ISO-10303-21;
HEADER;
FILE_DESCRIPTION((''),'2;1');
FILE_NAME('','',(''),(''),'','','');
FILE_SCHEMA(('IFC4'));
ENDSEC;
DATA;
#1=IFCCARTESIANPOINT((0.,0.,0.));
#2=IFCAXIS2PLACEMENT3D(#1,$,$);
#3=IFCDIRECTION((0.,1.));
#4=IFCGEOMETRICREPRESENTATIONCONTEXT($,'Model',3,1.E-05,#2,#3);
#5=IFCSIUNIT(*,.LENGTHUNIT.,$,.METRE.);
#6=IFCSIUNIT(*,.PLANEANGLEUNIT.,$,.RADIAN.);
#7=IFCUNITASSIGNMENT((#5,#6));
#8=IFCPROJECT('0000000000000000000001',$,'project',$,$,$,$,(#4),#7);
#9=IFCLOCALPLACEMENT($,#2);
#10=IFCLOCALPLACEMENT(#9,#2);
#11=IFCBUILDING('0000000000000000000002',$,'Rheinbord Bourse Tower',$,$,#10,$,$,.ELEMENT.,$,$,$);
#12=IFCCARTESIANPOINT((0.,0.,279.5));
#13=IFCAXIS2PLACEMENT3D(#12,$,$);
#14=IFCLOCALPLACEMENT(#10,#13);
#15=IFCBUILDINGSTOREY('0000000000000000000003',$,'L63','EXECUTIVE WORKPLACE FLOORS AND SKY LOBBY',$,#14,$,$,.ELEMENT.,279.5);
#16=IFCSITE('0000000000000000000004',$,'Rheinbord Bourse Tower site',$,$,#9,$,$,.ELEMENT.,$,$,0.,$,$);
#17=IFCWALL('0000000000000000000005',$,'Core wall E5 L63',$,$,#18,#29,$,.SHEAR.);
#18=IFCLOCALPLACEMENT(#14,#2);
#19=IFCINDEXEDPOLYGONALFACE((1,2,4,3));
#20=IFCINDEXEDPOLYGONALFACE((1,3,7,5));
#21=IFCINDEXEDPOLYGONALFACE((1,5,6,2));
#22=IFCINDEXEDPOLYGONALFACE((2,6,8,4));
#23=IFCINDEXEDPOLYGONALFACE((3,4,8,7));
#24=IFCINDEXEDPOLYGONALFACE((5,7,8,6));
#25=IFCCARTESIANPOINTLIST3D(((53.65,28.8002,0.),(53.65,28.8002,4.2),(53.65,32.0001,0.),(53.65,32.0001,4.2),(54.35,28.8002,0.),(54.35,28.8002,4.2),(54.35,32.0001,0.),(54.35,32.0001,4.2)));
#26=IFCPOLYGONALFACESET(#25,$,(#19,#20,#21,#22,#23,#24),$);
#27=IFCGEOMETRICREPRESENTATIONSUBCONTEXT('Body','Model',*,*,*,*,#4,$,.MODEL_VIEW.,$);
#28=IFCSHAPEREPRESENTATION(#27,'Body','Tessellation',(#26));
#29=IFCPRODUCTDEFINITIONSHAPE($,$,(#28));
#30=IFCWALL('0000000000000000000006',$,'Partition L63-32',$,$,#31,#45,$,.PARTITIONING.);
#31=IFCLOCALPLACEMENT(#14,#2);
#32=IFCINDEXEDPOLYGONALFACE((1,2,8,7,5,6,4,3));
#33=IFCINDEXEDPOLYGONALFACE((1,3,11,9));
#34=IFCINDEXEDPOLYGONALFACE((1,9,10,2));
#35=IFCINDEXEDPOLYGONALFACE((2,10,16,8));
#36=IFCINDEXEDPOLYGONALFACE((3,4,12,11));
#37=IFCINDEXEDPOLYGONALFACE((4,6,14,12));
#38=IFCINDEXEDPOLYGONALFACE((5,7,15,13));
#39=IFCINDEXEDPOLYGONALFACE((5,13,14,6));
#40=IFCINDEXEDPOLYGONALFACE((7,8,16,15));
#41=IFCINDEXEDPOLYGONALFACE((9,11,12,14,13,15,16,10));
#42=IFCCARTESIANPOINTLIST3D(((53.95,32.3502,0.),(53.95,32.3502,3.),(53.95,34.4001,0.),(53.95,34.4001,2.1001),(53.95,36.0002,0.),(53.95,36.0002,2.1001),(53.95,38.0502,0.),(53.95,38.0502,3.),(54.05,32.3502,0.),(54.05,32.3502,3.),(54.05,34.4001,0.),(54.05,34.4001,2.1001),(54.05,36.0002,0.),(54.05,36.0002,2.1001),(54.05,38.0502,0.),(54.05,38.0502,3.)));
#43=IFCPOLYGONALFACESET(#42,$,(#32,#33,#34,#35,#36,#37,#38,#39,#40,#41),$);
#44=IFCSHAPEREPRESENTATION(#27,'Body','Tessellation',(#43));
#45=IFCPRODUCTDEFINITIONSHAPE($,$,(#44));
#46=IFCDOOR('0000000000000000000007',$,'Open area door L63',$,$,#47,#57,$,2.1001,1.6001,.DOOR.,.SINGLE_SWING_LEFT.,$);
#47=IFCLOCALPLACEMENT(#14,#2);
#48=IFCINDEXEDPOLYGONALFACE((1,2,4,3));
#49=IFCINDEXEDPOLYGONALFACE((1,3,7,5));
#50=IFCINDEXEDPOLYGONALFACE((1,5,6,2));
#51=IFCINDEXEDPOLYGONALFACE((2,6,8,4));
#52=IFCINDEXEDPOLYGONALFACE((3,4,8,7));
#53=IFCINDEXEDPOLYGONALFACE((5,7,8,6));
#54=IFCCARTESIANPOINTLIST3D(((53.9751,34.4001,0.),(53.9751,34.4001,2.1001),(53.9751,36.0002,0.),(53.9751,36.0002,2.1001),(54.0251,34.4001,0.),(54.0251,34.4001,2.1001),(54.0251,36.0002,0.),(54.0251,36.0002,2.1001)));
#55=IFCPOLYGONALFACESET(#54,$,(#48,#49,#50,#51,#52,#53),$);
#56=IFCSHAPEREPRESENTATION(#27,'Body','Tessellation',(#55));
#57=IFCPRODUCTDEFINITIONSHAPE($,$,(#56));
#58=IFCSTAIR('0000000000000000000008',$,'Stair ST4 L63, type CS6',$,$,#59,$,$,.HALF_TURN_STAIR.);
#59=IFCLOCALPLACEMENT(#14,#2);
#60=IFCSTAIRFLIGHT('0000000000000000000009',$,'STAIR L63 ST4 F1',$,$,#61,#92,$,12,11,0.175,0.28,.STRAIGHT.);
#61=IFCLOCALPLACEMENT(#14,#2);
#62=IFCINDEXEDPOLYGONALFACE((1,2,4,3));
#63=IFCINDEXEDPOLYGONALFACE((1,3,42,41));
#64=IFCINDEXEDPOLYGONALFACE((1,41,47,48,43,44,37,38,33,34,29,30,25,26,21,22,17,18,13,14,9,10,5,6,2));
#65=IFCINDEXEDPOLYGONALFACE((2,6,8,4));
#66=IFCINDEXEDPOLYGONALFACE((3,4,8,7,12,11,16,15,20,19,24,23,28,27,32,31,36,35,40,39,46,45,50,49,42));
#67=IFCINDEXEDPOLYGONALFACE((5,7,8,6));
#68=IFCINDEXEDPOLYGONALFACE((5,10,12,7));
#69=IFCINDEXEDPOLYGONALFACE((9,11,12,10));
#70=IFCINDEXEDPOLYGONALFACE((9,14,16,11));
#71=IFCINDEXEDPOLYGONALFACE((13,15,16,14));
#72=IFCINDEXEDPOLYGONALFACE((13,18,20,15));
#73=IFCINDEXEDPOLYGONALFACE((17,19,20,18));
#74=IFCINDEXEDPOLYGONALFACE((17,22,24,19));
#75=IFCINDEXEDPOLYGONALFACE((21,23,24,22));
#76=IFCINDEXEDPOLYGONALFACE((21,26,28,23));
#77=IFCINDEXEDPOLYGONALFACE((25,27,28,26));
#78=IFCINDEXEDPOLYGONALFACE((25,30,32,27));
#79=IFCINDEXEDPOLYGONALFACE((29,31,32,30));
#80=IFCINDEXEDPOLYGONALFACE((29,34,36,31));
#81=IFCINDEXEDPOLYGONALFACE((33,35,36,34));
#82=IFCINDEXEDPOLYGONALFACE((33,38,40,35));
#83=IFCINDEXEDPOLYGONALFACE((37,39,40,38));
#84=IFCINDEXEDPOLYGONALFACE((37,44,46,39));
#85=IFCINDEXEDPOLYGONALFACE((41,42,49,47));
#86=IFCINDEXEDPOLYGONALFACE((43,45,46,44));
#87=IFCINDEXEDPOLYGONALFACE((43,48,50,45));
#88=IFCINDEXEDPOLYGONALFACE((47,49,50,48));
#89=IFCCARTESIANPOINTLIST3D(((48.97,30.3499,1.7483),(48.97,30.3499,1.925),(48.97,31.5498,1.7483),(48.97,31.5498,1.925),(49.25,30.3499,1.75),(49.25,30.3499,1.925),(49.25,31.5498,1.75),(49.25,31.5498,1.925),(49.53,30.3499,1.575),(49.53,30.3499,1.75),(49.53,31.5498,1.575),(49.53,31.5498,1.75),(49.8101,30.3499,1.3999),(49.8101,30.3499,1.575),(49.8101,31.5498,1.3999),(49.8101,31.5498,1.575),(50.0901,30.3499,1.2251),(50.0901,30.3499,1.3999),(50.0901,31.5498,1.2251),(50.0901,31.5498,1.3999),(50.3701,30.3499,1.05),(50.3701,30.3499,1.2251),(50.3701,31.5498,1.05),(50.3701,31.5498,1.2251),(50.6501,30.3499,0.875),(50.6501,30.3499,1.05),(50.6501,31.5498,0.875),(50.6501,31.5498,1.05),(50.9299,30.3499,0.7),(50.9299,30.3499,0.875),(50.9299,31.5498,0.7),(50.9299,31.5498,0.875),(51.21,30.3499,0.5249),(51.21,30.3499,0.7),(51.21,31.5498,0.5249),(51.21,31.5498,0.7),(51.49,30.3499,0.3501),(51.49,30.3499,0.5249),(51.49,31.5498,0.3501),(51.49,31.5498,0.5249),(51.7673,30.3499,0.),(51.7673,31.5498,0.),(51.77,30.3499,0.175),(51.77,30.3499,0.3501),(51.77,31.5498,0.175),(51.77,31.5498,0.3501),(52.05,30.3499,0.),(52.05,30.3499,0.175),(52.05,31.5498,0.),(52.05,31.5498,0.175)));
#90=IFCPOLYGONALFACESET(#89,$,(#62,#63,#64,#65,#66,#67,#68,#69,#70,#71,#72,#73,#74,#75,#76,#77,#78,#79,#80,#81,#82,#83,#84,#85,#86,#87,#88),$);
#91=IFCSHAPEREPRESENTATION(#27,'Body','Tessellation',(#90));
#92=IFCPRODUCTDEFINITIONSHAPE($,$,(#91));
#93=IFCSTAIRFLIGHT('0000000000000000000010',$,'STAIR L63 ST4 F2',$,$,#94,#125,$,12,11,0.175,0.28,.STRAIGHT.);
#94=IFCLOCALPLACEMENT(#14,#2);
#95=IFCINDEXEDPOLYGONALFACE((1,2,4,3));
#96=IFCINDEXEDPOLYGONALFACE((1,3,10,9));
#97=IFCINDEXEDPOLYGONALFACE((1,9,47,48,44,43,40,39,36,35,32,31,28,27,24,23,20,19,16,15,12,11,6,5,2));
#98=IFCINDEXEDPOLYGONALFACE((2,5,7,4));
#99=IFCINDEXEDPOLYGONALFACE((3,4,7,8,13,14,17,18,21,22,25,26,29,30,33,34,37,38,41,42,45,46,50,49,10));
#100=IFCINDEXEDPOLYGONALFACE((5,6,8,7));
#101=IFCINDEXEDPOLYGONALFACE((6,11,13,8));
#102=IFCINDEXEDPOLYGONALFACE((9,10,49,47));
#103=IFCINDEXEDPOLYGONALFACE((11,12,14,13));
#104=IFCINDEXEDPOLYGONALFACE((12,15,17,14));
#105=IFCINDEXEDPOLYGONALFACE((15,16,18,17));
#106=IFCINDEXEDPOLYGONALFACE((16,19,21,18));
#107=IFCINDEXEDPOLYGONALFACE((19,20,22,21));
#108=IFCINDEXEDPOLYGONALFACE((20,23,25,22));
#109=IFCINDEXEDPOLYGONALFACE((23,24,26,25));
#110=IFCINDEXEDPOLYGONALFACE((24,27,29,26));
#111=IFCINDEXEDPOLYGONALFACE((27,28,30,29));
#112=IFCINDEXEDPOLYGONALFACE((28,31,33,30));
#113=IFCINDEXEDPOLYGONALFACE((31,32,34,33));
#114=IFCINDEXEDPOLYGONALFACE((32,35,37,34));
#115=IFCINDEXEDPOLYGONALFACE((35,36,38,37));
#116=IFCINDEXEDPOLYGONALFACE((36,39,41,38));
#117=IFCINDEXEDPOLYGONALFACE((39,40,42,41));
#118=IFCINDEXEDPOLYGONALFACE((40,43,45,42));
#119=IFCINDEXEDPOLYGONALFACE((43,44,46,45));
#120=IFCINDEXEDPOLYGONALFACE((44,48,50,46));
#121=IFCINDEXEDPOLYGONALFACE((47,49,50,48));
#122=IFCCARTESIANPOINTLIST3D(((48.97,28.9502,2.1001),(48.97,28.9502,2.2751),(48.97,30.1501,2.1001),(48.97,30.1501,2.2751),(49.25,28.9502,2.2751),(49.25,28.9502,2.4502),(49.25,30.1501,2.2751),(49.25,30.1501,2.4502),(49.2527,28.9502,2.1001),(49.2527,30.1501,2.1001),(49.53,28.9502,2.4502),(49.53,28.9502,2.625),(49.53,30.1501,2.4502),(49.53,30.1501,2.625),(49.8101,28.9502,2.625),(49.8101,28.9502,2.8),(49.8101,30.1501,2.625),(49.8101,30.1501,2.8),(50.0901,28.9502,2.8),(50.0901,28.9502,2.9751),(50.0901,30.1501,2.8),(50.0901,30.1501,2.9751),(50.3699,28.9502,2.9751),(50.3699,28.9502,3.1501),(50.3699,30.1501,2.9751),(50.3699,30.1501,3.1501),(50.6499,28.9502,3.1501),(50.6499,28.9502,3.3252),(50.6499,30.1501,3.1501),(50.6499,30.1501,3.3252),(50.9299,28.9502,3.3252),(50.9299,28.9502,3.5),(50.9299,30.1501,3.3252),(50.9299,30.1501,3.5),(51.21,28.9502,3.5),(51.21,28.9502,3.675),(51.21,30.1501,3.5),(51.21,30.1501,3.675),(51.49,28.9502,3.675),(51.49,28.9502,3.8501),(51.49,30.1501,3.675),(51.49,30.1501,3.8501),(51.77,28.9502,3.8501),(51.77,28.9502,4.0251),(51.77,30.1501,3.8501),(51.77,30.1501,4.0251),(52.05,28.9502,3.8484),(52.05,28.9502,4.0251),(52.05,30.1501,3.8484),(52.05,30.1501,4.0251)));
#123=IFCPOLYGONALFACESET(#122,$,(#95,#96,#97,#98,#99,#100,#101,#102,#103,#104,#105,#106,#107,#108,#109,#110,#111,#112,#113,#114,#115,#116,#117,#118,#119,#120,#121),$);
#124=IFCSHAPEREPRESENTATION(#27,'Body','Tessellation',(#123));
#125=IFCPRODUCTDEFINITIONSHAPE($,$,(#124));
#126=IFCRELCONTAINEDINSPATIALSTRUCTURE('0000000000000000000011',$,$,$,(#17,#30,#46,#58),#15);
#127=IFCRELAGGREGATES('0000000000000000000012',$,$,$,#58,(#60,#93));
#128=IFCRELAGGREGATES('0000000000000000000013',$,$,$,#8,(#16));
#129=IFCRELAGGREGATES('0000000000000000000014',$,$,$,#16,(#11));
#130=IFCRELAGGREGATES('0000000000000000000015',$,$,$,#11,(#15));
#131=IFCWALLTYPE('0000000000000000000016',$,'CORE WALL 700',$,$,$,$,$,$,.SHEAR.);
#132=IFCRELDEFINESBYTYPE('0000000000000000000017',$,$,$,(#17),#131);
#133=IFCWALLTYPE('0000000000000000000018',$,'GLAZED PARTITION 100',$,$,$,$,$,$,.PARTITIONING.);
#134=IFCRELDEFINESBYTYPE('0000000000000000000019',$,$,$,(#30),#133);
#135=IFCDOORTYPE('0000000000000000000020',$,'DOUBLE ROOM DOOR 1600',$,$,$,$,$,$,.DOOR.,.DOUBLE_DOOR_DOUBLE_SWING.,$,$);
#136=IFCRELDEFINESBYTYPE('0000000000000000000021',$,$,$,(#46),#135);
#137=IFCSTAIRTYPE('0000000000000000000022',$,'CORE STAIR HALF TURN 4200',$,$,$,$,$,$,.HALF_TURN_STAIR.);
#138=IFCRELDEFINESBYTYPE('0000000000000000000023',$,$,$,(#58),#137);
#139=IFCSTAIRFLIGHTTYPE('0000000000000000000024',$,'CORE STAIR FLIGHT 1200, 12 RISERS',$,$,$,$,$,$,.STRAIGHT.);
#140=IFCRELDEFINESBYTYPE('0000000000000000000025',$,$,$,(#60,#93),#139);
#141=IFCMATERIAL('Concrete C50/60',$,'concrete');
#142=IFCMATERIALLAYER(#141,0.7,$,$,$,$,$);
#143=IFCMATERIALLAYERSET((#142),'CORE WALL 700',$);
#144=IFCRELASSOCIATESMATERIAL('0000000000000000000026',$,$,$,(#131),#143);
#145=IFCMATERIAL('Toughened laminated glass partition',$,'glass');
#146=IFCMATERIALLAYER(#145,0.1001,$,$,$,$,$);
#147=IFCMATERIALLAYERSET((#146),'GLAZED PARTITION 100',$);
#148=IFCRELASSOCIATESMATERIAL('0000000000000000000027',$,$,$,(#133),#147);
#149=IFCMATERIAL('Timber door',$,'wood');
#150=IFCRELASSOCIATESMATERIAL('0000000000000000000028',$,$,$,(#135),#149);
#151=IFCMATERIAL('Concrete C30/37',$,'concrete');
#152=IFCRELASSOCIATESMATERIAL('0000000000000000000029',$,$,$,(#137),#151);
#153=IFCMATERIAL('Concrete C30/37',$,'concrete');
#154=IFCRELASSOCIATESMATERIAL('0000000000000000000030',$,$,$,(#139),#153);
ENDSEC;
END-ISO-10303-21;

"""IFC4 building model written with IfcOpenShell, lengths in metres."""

from ifc_helpers import new_model, si_unit, direction, frame, frame_2d, origin, place, context, subcontext, project, spatial, polyline, rectangle, outline, extrude, material, layer, layer_set, type_object, element, fill, aggregate, save


model = new_model("IFC4")

# Units and contexts
model_context = context("Model", 3, precision=1e-05, world=origin(), true_north=direction((0.0, 1.0)))
body_context = subcontext(model_context, "Body", "Model", "MODEL_VIEW")
ifc_project = project(units=[si_unit("LENGTHUNIT", "METRE"), si_unit("PLANEANGLEUNIT", "RADIAN")], contexts=[model_context])

# Site, building, storey
site_placement = place(None, origin())
site = spatial("IfcSite", under=ifc_project, at=site_placement, Name="Rheinbord Bourse Tower site", CompositionType="ELEMENT", RefElevation=0.0)
building_placement = place(site_placement, origin())
building = spatial("IfcBuilding", under=site, at=building_placement, Name="Rheinbord Bourse Tower", CompositionType="ELEMENT")
storey_placement = place(building_placement, frame((0.0, 0.0, 279.5)))
storey = spatial("IfcBuildingStorey", under=building, at=storey_placement, Name="L63", Description="EXECUTIVE WORKPLACE FLOORS AND SKY LOBBY", CompositionType="ELEMENT", Elevation=279.5)

# Shared definitions
ifc_material_1 = material(Name="Concrete C50/60", Category="concrete")
ifc_layer_1 = layer(ifc_material_1, 0.7)
ifc_layer_set_1 = layer_set([ifc_layer_1], Name="CORE WALL 700")
wall_type_1 = type_object("IfcWallType", Name="CORE WALL 700", PredefinedType="SHEAR", material=ifc_layer_set_1)

# Wall
wall_1_placement = place(storey_placement, frame((54.0, 28.8, 0.0), z_axis=(0.0, 0.0, 1.0), x_axis=(0.0, 1.0, 0.0)))
element("IfcWall", 1, at=wall_1_placement, inside=storey, type_object=wall_type_1, Name="Core wall E5 L63", PredefinedType="SHEAR", context=body_context, shape_type="SweptSolid", body=[
    extrude(rectangle(XDim=3.2, YDim=0.7, at=frame_2d((1.6001, 0.0))), origin(), (0.0, 0.0, 1.0), 4.2),
])

# Wall, opening, door
ifc_material_2 = material(Name="Toughened laminated glass partition", Category="glass")
ifc_layer_2 = layer(ifc_material_2, 0.1001)
ifc_layer_set_2 = layer_set([ifc_layer_2], Name="GLAZED PARTITION 100")
wall_type_2 = type_object("IfcWallType", Name="GLAZED PARTITION 100", PredefinedType="PARTITIONING", material=ifc_layer_set_2)
wall_2_placement = place(storey_placement, frame((54.0, 32.3501, 0.0), z_axis=(0.0, 0.0, 1.0), x_axis=(0.0, 1.0, 0.0)))
wall_2 = element("IfcWall", 2, at=wall_2_placement, inside=storey, type_object=wall_type_2, Name="Partition L63-32", PredefinedType="PARTITIONING", context=body_context, shape_type="SweptSolid", body=[
    extrude(rectangle(XDim=5.7, YDim=0.1001, at=frame_2d((2.8501, 0.0))), origin(), (0.0, 0.0, 1.0), 3.0),
])
opening_1_placement = place(wall_2_placement, frame((2.05, 0.0, 0.0)))
opening_1 = element("IfcOpeningElement", 3, at=opening_1_placement, cuts=wall_2, PredefinedType="OPENING", context=body_context, shape_type="SweptSolid", body=[
    extrude(rectangle(XDim=1.6001, YDim=2.1001, at=frame_2d((0.8, 1.05))), frame((0.0, 0.0601, 0.0), z_axis=(0.0, -1.0, 0.0), x_axis=(1.0, 0.0, 0.0)), (0.0, 0.0, 1.0), 0.1201),
])
ifc_material_3 = material(Name="Timber door", Category="wood")
door_type_1 = type_object("IfcDoorType", Name="DOUBLE ROOM DOOR 1600", OperationType="DOUBLE_DOOR_DOUBLE_SWING", PredefinedType="DOOR", material=ifc_material_3)
door_1_placement = place(opening_1_placement, origin())
door_1 = element("IfcDoor", 4, at=door_1_placement, inside=storey, type_object=door_type_1, Name="Open area door L63", OperationType="SINGLE_SWING_LEFT", OverallHeight=2.1001, OverallWidth=1.6001, PredefinedType="DOOR", context=body_context, shape_type="SweptSolid", body=[
    extrude(rectangle(XDim=1.6001, YDim=2.1001, at=frame_2d((0.8, 1.05))), frame((0.0, 0.0249, 0.0), z_axis=(0.0, -1.0, 0.0), x_axis=(1.0, 0.0, 0.0)), (0.0, 0.0, 1.0), 0.05),
])
fill(opening_1, door_1)

# Stair, stair flights
ifc_material_4 = material(Name="Concrete C30/37", Category="concrete")
stair_type = type_object("IfcStairType", Name="CORE STAIR HALF TURN 4200", PredefinedType="HALF_TURN_STAIR", material=ifc_material_4)
stair_placement = place(storey_placement, origin())
stair = element("IfcStair", 5, at=stair_placement, inside=storey, type_object=stair_type, Name="Stair ST4 L63, type CS6", PredefinedType="HALF_TURN_STAIR")
ifc_material_5 = material(Name="Concrete C30/37", Category="concrete")
stair_flight_type = type_object("IfcStairFlightType", Name="CORE STAIR FLIGHT 1200, 12 RISERS", PredefinedType="STRAIGHT", material=ifc_material_5)
stair_flight_1_placement = place(storey_placement, frame((52.05, 30.95, 0.0), z_axis=(0.0, 0.0, 1.0), x_axis=(-1.0, 0.0, 0.0)))
stair_flight_1 = element("IfcStairFlight", 6, at=stair_flight_1_placement, type_object=stair_flight_type, Name="STAIR L63 ST4 F1", NumberOfRisers=12, NumberOfTreads=11, PredefinedType="STRAIGHT", RiserHeight=0.175, TreadLength=0.28, context=body_context, shape_type="SweptSolid", body=[
    extrude(outline(polyline([(0.0, 0.0), (0.0, 0.175), (0.28, 0.175), (0.28, 0.3501), (0.5601, 0.3501), (0.5601, 0.5249), (0.8401, 0.5249), (0.8401, 0.7), (1.1201, 0.7), (1.1201, 0.875), (1.3999, 0.875), (1.3999, 1.05), (1.6799, 1.05), (1.6799, 1.2251), (1.96, 1.2251), (1.96, 1.3999), (2.24, 1.3999), (2.24, 1.575), (2.52, 1.575), (2.52, 1.75), (2.8, 1.75), (2.8, 1.925), (3.0801, 1.925), (3.0801, 2.1001), (3.0801, 1.7483), (0.2827, 0.0), (0.0, 0.0)])), frame((0.0, 0.6001, 0.0), z_axis=(0.0, -1.0, 0.0), x_axis=(1.0, 0.0, 0.0)), (0.0, 0.0, 1.0), 1.2),
])
stair_flight_2_placement = place(storey_placement, frame((48.97, 29.55, 2.1001), z_axis=(0.0, 0.0, 1.0), x_axis=(1.0, 0.0, 0.0)))
stair_flight_2 = element("IfcStairFlight", 7, at=stair_flight_2_placement, type_object=stair_flight_type, Name="STAIR L63 ST4 F2", NumberOfRisers=12, NumberOfTreads=11, PredefinedType="STRAIGHT", RiserHeight=0.175, TreadLength=0.28, context=body_context, shape_type="SweptSolid", body=[
    extrude(outline(polyline([(0.0, 0.0), (0.0, 0.175), (0.28, 0.175), (0.28, 0.3501), (0.5601, 0.3501), (0.5601, 0.5249), (0.8401, 0.5249), (0.8401, 0.7), (1.1201, 0.7), (1.1201, 0.875), (1.3999, 0.875), (1.3999, 1.05), (1.6799, 1.05), (1.6799, 1.2251), (1.96, 1.2251), (1.96, 1.3999), (2.24, 1.3999), (2.24, 1.575), (2.52, 1.575), (2.52, 1.75), (2.8, 1.75), (2.8, 1.925), (3.0801, 1.925), (3.0801, 2.1001), (3.0801, 1.7483), (0.2827, 0.0), (0.0, 0.0)])), frame((0.0, 0.6001, 0.0), z_axis=(0.0, -1.0, 0.0), x_axis=(1.0, 0.0, 0.0)), (0.0, 0.0, 1.0), 1.2),
])
aggregate(stair, [stair_flight_1, stair_flight_2])

save(model, "model.ifc")
